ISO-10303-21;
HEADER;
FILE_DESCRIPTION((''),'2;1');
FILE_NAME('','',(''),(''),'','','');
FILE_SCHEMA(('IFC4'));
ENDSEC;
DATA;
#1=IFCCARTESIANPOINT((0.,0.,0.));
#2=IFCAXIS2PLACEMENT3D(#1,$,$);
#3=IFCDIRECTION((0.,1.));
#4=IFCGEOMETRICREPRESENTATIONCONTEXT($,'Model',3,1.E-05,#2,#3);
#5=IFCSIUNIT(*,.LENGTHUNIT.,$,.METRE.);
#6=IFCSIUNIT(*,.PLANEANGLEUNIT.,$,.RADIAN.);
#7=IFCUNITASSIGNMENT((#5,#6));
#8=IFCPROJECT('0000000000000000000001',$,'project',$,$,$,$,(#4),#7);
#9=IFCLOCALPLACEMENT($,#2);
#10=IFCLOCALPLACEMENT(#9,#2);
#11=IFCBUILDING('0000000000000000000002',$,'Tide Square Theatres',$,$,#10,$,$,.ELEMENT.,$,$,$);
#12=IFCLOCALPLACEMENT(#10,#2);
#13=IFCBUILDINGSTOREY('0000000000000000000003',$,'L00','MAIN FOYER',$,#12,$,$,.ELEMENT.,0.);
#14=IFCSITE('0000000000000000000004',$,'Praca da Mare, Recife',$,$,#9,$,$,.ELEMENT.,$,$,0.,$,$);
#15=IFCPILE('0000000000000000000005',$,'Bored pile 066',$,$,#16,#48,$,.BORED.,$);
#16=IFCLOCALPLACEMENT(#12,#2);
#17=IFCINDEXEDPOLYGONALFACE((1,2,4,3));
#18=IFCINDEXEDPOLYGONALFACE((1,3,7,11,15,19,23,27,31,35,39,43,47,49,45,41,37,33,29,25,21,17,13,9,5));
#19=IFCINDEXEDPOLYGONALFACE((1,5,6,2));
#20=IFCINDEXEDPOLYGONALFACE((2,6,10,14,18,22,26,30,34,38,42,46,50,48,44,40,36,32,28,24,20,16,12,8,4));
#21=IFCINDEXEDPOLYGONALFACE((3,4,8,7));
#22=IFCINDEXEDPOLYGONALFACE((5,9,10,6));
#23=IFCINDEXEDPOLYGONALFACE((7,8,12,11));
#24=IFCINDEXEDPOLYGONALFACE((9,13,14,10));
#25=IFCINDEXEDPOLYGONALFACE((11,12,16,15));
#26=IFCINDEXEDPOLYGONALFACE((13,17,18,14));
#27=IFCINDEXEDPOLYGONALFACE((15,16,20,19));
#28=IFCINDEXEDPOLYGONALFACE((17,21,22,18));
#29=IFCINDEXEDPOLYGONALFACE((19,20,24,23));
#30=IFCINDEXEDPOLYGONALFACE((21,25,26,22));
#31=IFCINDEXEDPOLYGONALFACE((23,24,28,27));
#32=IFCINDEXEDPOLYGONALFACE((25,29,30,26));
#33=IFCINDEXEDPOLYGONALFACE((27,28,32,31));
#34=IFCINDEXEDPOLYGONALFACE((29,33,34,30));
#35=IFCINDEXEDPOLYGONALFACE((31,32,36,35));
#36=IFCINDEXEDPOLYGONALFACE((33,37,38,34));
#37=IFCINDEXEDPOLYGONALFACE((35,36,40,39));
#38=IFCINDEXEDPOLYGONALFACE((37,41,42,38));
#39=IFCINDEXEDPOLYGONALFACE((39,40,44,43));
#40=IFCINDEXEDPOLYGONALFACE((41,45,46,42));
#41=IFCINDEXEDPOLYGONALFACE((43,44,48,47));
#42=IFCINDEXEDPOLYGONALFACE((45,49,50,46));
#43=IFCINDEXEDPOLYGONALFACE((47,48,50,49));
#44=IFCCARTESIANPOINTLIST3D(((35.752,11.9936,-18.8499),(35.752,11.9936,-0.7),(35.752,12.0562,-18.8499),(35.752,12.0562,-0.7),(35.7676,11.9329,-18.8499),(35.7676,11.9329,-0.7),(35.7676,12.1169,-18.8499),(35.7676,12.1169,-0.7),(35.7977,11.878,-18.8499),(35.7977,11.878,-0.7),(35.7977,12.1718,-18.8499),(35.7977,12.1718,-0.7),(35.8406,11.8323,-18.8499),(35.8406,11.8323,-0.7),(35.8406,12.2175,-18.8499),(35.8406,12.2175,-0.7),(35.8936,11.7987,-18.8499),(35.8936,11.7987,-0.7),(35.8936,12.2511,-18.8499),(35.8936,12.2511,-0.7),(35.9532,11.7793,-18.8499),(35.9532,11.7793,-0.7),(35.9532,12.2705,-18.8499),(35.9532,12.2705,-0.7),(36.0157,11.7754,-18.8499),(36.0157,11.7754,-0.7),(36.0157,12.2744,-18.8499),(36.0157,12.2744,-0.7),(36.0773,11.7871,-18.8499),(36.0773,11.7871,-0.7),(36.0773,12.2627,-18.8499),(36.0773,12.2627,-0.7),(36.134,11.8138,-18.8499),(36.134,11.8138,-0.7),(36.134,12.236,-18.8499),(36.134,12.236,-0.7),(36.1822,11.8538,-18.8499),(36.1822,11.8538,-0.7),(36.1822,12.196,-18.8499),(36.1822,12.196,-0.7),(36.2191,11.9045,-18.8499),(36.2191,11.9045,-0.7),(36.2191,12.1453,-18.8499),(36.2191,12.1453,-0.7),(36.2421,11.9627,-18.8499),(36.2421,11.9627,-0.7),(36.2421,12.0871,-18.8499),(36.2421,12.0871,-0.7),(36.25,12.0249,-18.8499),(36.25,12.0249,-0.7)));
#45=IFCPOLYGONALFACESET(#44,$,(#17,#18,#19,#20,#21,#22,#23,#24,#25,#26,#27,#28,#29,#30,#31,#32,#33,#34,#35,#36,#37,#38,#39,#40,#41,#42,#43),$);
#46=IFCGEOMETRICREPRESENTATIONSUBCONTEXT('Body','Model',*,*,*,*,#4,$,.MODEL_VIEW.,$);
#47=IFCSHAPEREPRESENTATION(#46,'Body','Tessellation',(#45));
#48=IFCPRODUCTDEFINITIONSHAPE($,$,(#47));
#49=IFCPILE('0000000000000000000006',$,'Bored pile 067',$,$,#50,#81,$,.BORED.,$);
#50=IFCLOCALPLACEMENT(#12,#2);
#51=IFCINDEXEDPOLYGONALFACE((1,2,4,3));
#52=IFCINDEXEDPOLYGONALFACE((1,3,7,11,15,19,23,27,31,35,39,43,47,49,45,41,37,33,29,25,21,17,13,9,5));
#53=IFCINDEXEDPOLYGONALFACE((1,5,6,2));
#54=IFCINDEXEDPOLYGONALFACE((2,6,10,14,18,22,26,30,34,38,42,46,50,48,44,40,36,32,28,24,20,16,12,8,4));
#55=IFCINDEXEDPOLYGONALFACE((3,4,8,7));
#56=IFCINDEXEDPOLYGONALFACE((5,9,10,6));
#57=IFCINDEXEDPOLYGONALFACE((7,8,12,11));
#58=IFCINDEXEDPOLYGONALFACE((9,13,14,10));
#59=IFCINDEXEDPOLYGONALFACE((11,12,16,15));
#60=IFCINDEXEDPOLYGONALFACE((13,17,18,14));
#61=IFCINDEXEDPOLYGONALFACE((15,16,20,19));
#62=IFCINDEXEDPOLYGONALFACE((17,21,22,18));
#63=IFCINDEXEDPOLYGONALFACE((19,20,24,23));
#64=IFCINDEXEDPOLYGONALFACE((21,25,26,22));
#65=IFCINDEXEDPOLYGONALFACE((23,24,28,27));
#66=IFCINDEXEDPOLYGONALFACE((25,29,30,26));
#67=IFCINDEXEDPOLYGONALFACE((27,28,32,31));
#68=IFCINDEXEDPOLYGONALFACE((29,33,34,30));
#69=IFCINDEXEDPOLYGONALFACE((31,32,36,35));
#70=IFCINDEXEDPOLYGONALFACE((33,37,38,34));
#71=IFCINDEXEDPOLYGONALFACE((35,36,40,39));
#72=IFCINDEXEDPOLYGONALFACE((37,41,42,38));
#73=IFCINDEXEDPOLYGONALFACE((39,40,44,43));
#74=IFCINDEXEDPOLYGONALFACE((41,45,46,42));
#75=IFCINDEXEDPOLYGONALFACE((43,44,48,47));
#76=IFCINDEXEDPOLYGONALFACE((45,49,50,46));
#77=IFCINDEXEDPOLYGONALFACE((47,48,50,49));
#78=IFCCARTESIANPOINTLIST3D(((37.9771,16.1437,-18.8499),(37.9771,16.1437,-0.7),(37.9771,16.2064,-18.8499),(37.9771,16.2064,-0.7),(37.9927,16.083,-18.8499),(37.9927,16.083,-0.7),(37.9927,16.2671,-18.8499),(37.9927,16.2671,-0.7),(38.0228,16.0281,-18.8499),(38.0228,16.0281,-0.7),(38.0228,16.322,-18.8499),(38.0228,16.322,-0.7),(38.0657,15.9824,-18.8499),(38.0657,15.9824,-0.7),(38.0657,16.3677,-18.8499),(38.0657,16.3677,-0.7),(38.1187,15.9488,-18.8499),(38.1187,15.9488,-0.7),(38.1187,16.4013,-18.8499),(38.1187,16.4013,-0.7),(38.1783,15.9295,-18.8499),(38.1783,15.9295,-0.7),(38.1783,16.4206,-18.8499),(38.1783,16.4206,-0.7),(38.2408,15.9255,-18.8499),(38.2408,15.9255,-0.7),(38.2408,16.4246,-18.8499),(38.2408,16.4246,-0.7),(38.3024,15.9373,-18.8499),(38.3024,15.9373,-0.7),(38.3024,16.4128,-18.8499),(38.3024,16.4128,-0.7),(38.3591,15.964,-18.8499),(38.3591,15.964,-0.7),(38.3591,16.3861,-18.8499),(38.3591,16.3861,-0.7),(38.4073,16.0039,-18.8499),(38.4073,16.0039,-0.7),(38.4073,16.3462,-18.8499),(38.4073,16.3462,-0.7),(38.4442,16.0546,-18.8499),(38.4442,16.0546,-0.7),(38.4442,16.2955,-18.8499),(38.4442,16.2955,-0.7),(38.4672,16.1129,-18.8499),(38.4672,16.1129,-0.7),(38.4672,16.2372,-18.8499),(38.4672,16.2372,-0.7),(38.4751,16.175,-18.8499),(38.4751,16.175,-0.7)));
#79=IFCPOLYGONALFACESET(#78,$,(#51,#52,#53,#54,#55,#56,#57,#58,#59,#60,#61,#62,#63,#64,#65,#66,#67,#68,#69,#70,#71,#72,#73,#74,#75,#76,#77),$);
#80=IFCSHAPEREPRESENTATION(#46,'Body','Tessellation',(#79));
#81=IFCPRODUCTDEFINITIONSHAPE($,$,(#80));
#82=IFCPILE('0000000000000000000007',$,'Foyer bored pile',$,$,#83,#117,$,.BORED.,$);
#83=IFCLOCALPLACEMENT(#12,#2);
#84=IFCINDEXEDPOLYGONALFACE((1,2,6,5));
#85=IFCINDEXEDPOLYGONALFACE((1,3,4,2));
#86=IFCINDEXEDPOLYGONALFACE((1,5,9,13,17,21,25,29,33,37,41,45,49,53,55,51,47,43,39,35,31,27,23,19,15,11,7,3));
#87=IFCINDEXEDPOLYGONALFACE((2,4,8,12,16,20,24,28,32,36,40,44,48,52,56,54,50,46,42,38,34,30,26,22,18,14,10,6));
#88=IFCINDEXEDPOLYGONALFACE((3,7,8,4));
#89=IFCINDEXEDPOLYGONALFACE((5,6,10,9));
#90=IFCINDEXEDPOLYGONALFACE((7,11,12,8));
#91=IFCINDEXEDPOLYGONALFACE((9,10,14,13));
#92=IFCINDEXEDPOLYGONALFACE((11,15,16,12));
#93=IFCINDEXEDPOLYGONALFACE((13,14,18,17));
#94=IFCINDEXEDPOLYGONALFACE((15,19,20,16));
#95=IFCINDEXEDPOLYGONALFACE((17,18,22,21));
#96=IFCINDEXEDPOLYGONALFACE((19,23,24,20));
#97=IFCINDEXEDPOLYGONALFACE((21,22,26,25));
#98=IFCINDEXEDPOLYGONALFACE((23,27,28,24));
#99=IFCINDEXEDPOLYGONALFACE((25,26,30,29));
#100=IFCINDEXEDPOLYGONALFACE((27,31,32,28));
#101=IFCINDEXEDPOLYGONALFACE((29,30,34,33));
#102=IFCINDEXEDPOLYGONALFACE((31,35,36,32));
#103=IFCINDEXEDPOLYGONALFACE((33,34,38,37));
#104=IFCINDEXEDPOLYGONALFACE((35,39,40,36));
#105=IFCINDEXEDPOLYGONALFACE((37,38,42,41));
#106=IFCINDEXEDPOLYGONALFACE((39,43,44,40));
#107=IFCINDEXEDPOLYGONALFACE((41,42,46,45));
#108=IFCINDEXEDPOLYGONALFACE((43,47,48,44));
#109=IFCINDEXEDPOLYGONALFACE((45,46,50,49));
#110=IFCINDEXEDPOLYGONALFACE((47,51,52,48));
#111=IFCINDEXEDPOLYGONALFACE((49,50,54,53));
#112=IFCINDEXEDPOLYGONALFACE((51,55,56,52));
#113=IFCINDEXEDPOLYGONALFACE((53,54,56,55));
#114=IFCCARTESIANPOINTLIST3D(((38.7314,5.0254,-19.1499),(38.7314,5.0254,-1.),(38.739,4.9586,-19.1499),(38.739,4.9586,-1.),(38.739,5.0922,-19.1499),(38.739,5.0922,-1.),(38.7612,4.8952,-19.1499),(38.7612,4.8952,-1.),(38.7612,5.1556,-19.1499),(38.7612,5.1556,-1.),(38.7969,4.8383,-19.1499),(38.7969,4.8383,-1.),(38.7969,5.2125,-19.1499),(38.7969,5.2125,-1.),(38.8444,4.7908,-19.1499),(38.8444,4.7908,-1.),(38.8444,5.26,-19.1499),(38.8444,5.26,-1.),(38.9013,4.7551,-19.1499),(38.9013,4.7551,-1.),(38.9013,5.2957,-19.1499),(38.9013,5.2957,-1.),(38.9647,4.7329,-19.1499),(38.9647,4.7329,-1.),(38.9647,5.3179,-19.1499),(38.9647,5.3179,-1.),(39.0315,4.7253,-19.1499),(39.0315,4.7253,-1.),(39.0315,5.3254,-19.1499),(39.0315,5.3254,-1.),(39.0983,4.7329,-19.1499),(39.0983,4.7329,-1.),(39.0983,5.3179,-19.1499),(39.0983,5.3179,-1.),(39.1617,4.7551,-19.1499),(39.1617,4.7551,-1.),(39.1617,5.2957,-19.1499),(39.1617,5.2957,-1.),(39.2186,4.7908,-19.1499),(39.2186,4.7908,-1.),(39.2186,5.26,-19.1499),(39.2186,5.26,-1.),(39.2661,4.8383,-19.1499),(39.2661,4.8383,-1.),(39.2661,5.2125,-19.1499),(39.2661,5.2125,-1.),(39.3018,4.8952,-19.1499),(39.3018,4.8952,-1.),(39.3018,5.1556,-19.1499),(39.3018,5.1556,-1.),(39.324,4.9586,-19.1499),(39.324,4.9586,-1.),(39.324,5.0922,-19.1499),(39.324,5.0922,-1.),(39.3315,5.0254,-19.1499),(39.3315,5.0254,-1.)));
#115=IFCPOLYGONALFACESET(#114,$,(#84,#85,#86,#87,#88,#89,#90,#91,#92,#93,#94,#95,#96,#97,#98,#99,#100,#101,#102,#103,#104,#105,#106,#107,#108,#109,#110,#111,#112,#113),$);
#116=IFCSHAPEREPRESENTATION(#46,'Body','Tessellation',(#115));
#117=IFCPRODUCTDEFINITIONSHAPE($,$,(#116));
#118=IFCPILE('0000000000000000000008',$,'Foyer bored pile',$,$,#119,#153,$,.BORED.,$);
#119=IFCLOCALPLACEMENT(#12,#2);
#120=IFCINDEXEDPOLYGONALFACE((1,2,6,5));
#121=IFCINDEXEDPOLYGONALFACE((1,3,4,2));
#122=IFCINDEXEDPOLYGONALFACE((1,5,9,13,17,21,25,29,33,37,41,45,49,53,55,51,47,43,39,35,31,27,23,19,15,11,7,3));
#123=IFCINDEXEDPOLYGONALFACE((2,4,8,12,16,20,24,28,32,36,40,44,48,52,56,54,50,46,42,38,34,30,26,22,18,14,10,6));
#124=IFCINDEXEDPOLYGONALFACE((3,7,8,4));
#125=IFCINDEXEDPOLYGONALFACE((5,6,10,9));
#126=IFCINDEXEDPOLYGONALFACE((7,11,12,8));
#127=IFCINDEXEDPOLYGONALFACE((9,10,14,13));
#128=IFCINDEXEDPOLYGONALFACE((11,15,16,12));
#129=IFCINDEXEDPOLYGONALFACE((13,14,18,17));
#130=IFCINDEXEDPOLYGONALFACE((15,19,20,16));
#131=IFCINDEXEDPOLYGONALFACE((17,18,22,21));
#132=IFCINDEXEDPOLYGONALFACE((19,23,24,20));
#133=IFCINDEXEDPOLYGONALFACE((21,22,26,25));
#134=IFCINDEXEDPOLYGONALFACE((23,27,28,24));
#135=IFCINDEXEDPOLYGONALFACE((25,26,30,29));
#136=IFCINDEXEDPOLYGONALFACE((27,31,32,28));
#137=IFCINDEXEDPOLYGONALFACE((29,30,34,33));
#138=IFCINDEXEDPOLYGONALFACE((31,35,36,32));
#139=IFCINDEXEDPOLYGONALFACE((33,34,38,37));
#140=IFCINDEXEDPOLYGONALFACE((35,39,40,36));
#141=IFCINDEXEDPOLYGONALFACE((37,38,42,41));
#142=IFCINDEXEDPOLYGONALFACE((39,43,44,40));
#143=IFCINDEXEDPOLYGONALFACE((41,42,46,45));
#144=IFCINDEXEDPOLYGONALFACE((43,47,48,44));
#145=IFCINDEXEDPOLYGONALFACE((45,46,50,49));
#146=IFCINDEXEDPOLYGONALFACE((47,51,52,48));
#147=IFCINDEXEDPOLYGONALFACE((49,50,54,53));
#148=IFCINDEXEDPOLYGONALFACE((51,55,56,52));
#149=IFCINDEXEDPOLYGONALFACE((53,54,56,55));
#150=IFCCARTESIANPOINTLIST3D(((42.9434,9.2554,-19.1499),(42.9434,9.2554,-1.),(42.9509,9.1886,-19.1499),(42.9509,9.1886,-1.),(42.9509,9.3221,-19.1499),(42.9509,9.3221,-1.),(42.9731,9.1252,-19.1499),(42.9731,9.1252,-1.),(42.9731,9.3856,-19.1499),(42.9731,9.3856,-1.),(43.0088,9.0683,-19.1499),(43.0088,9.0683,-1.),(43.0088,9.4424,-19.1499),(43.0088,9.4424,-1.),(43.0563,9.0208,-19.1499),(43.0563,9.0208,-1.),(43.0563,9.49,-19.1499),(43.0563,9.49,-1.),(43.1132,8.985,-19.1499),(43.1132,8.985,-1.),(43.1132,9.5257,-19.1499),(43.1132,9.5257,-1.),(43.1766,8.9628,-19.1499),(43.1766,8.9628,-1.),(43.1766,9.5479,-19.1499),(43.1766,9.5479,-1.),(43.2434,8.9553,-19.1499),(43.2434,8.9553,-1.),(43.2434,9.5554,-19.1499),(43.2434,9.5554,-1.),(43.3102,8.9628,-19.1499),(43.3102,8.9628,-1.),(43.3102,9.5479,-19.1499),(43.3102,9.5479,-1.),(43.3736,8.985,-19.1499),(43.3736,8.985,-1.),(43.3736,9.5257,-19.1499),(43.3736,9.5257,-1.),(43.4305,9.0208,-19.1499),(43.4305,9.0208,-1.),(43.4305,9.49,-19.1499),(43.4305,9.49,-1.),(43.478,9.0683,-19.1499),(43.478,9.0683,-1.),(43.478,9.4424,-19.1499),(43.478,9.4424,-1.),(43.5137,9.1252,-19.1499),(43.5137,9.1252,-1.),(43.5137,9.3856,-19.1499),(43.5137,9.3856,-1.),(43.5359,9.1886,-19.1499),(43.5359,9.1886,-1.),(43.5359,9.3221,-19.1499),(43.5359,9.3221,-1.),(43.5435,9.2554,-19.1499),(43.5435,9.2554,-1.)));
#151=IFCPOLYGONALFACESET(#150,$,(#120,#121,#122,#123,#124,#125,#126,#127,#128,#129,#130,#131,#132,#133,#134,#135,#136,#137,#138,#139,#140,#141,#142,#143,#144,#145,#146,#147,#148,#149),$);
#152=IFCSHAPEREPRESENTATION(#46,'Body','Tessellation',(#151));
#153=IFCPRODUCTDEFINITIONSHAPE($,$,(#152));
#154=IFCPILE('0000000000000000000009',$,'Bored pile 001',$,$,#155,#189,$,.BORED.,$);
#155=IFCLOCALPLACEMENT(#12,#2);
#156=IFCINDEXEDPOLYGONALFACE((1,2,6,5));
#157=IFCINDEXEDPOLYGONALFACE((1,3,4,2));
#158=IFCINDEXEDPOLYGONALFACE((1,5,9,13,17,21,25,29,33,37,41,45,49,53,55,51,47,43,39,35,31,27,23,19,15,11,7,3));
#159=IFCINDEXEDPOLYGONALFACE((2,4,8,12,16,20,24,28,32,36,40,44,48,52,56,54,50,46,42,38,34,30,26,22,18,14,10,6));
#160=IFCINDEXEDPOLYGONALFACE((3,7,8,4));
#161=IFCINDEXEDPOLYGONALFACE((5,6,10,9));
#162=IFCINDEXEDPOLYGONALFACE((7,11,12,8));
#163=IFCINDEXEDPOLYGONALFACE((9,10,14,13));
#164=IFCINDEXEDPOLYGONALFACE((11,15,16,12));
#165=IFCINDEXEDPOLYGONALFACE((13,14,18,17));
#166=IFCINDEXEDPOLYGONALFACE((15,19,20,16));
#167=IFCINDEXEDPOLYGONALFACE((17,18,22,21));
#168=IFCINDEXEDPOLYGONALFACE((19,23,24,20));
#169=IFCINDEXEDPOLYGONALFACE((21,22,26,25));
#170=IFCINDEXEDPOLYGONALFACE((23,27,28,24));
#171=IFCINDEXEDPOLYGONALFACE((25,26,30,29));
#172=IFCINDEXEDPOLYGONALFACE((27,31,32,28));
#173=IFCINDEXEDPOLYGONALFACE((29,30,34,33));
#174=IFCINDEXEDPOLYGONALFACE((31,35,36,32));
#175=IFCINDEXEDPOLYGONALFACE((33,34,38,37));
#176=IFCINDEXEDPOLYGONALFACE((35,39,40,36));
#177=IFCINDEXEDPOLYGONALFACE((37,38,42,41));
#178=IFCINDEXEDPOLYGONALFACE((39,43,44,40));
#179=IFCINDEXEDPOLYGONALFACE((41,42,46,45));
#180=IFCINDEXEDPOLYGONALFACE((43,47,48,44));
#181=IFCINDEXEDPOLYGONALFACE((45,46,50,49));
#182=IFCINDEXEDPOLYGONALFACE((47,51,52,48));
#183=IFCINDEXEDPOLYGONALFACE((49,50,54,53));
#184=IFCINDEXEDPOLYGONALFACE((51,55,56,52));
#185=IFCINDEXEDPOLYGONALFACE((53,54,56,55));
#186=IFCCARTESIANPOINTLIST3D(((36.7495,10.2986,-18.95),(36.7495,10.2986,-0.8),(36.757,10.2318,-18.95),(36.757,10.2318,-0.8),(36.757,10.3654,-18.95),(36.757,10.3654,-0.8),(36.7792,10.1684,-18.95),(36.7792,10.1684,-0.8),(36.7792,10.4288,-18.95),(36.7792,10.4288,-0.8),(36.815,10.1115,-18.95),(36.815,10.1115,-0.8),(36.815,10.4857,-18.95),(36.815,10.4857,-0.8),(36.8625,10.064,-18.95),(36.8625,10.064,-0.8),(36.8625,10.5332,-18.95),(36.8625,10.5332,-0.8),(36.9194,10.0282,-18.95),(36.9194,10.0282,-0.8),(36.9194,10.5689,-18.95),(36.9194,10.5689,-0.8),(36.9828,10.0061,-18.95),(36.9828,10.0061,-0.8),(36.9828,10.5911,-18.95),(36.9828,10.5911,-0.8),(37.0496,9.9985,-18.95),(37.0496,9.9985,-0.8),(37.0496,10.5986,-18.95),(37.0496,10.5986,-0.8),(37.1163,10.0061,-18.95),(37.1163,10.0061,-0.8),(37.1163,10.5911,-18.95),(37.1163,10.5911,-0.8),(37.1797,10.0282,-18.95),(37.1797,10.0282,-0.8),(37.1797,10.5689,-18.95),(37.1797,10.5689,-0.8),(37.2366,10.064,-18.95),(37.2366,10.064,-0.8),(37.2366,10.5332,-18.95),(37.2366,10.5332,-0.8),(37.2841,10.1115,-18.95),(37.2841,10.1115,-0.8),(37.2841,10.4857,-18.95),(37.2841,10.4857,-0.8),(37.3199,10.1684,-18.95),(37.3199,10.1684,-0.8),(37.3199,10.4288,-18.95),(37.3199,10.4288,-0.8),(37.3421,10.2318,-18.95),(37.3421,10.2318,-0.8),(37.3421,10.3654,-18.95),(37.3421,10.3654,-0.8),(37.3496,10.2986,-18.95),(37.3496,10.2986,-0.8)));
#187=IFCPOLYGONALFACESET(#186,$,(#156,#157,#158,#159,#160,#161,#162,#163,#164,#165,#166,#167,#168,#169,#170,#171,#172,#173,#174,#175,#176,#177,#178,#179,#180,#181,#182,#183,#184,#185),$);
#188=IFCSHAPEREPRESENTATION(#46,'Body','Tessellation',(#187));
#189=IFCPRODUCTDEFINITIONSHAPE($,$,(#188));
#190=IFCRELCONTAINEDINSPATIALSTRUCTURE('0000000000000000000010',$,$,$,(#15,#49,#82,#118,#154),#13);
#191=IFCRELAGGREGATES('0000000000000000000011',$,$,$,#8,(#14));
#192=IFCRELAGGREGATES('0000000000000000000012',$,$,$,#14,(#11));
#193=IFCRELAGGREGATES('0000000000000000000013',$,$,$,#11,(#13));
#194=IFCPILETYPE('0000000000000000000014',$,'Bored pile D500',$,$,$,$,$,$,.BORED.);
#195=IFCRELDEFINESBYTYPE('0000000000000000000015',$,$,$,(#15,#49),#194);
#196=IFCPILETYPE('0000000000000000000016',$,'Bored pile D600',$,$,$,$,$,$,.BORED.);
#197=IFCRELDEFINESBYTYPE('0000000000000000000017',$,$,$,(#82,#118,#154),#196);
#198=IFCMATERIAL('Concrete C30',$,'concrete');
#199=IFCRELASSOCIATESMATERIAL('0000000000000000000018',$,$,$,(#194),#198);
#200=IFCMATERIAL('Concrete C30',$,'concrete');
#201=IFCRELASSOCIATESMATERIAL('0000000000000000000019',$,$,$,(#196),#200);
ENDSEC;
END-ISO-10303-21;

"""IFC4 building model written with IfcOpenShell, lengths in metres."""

from ifc_helpers import new_model, si_unit, direction, frame, origin, origin_2d, place, context, subcontext, project, spatial, circle, extrude, material, material_profile, profile_set, type_object, element, save


model = new_model("IFC4")

# Units and contexts
model_context = context("Model", 3, precision=1e-05, world=origin(), true_north=direction((0.0, 1.0)))
body_context = subcontext(model_context, "Body", "Model", "MODEL_VIEW")
ifc_project = project(units=[si_unit("LENGTHUNIT", "METRE"), si_unit("PLANEANGLEUNIT", "RADIAN")], contexts=[model_context])

# Site, building, storey
site_placement = place(None, origin())
site = spatial("IfcSite", under=ifc_project, at=site_placement, Name="Praca da Mare, Recife", CompositionType="ELEMENT", RefElevation=0.0)
building_placement = place(site_placement, origin())
building = spatial("IfcBuilding", under=site, at=building_placement, Name="Tide Square Theatres", CompositionType="ELEMENT")
storey_placement = place(building_placement, origin())
storey = spatial("IfcBuildingStorey", under=building, at=storey_placement, Name="L00", Description="MAIN FOYER", CompositionType="ELEMENT", Elevation=0.0)

# Piles
ifc_material_1 = material(Name="Concrete C30", Category="concrete")
ifc_material_profile_1 = material_profile(ifc_material_1, circle(Radius=0.25, at=origin_2d()))
ifc_profile_set_1 = profile_set([ifc_material_profile_1], Name="Concrete C30")
pile_type_1 = type_object("IfcPileType", Name="Bored pile D500", PredefinedType="BORED", material=ifc_profile_set_1)
for number, where, z_axis, x_axis, name in (
    (1, (36.0, 12.0249, -0.7), (0.0, 0.0, -1.0), (1.0, 0.0, 0.0), "Bored pile 066"),
    (2, (38.2251, 16.175, -0.7), (0.0, 0.0, -1.0), (1.0, 0.0, 0.0), "Bored pile 067"),
):
    element("IfcPile", number, at=place(storey_placement, frame(where, z_axis=z_axis, x_axis=x_axis)), inside=storey, type_object=pile_type_1, Name=name, PredefinedType="BORED", context=body_context, shape_type="SweptSolid", body=[
        extrude(circle(Radius=0.25, at=origin_2d()), origin(), (0.0, 0.0, 1.0), 18.1499),
    ])
ifc_material_2 = material(Name="Concrete C30", Category="concrete")
ifc_material_profile_2 = material_profile(ifc_material_2, circle(Radius=0.3, at=origin_2d()))
ifc_profile_set_2 = profile_set([ifc_material_profile_2], Name="Concrete C30")
pile_type_2 = type_object("IfcPileType", Name="Bored pile D600", PredefinedType="BORED", material=ifc_profile_set_2)
for number, where, z_axis, x_axis, name in (
    (3, (39.0315, 5.0254, -1.0), (0.0, 0.0, -1.0), (1.0, 0.0, 0.0), "Foyer bored pile"),
    (4, (43.2434, 9.2554, -1.0), (0.0, 0.0, -1.0), (1.0, 0.0, 0.0), "Foyer bored pile"),
    (5, (37.0496, 10.2986, -0.8), (0.0, 0.0, -1.0), (1.0, 0.0, 0.0), "Bored pile 001"),
):
    element("IfcPile", number, at=place(storey_placement, frame(where, z_axis=z_axis, x_axis=x_axis)), inside=storey, type_object=pile_type_2, Name=name, PredefinedType="BORED", context=body_context, shape_type="SweptSolid", body=[
        extrude(circle(Radius=0.3, at=origin_2d()), origin(), (0.0, 0.0, 1.0), 18.1499),
    ])

save(model, "model.ifc")
